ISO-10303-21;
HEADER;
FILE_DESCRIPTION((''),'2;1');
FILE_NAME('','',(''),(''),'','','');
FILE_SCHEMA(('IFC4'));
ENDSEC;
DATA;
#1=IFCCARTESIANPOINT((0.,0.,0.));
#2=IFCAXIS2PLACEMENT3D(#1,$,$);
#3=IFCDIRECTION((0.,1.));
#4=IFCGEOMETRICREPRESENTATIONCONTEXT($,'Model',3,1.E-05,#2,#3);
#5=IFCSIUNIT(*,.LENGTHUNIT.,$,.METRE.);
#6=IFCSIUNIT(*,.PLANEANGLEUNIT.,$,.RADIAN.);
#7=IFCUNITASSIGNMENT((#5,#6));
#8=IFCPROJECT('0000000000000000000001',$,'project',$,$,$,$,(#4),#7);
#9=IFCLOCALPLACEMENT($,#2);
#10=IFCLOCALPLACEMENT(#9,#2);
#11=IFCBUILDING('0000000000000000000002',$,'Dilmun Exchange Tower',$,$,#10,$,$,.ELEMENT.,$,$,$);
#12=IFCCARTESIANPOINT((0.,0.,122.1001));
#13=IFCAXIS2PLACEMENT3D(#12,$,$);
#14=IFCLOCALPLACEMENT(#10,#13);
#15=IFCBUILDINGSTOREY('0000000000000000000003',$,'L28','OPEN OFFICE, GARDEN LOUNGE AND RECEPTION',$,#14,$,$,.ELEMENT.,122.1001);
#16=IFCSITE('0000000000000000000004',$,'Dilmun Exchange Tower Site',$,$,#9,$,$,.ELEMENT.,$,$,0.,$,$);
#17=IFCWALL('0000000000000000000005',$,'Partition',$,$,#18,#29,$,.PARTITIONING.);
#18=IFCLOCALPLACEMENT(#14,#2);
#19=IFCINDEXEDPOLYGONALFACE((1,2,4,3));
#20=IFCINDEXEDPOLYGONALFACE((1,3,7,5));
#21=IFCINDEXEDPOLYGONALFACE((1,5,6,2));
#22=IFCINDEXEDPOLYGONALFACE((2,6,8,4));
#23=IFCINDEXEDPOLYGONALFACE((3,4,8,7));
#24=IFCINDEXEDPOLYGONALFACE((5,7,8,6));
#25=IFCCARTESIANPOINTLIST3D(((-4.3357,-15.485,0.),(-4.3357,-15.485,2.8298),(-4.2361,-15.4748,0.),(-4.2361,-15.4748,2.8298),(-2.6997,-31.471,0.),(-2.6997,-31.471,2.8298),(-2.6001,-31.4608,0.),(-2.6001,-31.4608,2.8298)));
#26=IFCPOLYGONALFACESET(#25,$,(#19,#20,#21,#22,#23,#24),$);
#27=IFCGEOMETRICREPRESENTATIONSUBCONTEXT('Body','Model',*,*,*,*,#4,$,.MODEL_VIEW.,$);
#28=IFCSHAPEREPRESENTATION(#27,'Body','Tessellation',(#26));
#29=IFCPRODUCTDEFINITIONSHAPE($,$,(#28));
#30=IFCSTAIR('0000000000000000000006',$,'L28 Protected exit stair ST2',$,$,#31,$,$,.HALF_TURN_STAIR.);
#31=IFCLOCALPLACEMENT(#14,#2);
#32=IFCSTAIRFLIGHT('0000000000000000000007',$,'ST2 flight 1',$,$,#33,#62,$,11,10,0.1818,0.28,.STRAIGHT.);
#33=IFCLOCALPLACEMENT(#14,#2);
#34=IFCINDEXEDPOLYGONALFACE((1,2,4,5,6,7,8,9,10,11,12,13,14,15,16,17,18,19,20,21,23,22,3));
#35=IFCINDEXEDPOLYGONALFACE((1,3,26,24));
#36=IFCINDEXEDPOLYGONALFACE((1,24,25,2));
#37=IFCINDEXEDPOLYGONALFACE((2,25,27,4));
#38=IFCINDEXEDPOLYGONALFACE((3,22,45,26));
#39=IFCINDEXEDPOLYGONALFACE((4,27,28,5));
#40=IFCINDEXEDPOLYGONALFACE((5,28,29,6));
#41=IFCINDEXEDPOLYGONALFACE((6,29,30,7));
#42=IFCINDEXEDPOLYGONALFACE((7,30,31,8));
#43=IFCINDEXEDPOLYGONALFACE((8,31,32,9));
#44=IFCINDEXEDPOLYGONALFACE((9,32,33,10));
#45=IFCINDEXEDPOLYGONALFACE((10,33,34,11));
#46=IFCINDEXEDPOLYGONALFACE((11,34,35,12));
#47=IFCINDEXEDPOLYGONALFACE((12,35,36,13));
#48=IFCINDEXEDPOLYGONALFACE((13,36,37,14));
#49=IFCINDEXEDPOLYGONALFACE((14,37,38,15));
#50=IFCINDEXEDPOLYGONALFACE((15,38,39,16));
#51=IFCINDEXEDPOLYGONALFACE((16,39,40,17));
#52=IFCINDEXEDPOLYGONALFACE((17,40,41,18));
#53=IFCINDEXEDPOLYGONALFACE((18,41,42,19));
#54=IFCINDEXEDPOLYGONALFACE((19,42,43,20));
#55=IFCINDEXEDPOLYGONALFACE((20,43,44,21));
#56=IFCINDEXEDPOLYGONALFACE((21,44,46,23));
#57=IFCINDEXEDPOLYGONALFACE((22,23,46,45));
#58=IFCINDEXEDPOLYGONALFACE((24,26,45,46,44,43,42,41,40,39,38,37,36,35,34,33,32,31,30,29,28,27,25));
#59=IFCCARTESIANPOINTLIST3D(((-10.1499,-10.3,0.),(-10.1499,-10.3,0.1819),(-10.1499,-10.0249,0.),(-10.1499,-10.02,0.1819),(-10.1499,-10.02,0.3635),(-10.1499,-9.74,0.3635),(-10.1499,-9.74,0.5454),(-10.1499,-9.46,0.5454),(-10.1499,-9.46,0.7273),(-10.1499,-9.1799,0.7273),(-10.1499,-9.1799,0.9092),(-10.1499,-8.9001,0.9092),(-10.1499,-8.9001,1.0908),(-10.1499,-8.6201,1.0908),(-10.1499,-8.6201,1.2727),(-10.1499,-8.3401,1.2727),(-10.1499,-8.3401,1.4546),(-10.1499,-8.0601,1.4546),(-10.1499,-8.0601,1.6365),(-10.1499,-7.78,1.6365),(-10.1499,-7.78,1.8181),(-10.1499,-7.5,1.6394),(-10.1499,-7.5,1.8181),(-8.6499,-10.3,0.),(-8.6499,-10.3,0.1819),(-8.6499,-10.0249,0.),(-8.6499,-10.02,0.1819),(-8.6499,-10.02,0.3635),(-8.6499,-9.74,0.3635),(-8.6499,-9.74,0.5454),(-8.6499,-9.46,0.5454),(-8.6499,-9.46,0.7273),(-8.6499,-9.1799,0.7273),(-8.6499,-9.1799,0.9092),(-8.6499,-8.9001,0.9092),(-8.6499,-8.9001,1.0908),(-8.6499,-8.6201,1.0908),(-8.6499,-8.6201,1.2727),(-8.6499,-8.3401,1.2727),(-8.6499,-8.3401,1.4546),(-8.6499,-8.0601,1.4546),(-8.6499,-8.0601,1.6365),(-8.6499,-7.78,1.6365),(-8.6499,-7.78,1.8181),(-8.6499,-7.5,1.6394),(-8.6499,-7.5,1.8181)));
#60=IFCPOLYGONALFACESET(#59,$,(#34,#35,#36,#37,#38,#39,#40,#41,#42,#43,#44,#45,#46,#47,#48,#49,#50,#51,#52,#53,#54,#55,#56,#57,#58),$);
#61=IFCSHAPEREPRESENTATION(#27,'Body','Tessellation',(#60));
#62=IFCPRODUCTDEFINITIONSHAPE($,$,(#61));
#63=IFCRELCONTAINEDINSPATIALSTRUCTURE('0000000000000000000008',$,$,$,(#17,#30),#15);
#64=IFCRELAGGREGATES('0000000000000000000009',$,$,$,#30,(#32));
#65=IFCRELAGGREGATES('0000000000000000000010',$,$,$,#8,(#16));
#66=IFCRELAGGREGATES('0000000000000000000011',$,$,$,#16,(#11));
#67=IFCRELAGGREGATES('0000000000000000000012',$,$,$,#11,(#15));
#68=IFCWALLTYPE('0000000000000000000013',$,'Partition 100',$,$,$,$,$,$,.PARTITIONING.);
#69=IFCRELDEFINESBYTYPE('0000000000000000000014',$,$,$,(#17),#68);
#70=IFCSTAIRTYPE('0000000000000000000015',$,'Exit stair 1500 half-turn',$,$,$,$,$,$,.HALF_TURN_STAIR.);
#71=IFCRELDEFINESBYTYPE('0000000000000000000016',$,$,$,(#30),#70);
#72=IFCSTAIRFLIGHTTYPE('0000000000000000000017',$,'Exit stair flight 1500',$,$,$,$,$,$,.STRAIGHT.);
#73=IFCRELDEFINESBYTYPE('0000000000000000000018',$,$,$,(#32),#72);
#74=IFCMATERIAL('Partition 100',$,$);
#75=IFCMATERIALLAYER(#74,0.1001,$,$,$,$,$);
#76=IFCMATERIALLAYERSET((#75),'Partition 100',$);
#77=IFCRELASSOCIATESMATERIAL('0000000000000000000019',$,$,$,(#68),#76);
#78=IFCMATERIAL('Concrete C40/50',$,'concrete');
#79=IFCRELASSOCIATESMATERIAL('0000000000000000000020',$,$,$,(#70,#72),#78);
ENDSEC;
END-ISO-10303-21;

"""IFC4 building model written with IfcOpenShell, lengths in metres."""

from ifc_helpers import new_model, si_unit, direction, frame, frame_2d, origin, place, context, subcontext, project, spatial, polyline, rectangle, outline, extrude, material, layer, layer_set, type_object, element, aggregate, save


model = new_model("IFC4")

# Units and contexts
model_context = context("Model", 3, precision=1e-05, world=origin(), true_north=direction((0.0, 1.0)))
body_context = subcontext(model_context, "Body", "Model", "MODEL_VIEW")
ifc_project = project(units=[si_unit("LENGTHUNIT", "METRE"), si_unit("PLANEANGLEUNIT", "RADIAN")], contexts=[model_context])

# Site, building, storey
site_placement = place(None, origin())
site = spatial("IfcSite", under=ifc_project, at=site_placement, Name="Dilmun Exchange Tower Site", CompositionType="ELEMENT", RefElevation=0.0)
building_placement = place(site_placement, origin())
building = spatial("IfcBuilding", under=site, at=building_placement, Name="Dilmun Exchange Tower", CompositionType="ELEMENT")
storey_placement = place(building_placement, frame((0.0, 0.0, 122.1001)))
storey = spatial("IfcBuildingStorey", under=building, at=storey_placement, Name="L28", Description="OPEN OFFICE, GARDEN LOUNGE AND RECEPTION", CompositionType="ELEMENT", Elevation=122.1001)

# Shared definitions
ifc_material_1 = material(Name="Concrete C40/50", Category="concrete")

# Wall
ifc_material_2 = material(Name="Partition 100")
ifc_layer_1 = layer(ifc_material_2, 0.1001)
ifc_layer_set_1 = layer_set([ifc_layer_1], Name="Partition 100")
wall_type_1 = type_object("IfcWallType", Name="Partition 100", PredefinedType="PARTITIONING", material=ifc_layer_set_1)
wall_1_placement = place(storey_placement, frame((-4.2859, -15.48, 0.0), z_axis=(0.0, 0.0, 1.0), x_axis=(0.101806, -0.994804, 0.0)))
element("IfcWall", 1, at=wall_1_placement, inside=storey, type_object=wall_type_1, Name="Partition", PredefinedType="PARTITIONING", context=body_context, shape_type="SweptSolid", body=[
    extrude(rectangle(XDim=16.0696, YDim=0.1001, at=frame_2d((8.0347, 0.0))), origin(), (0.0, 0.0, 1.0), 2.8298),
])

# Stair, stair flight
stair_type = type_object("IfcStairType", Name="Exit stair 1500 half-turn", PredefinedType="HALF_TURN_STAIR", material=ifc_material_1)
stair_placement = place(storey_placement, origin())
stair = element("IfcStair", 2, at=stair_placement, inside=storey, type_object=stair_type, Name="L28 Protected exit stair ST2", PredefinedType="HALF_TURN_STAIR")
stair_flight_type = type_object("IfcStairFlightType", Name="Exit stair flight 1500", PredefinedType="STRAIGHT", material=ifc_material_1)
stair_flight_placement = place(storey_placement, frame((-9.3999, -10.3, 0.0), z_axis=(0.0, 0.0, 1.0), x_axis=(0.0, 1.0, 0.0)))
stair_flight = element("IfcStairFlight", 3, at=stair_flight_placement, type_object=stair_flight_type, Name="ST2 flight 1", NumberOfRisers=11, NumberOfTreads=10, PredefinedType="STRAIGHT", RiserHeight=0.1818, TreadLength=0.28, context=body_context, shape_type="SweptSolid", body=[
    extrude(outline(polyline([(0.0, 0.0), (0.0, 0.1819), (0.28, 0.1819), (0.28, 0.3635), (0.5601, 0.3635), (0.5601, 0.5454), (0.8401, 0.5454), (0.8401, 0.7273), (1.1201, 0.7273), (1.1201, 0.9092), (1.3999, 0.9092), (1.3999, 1.0908), (1.6799, 1.0908), (1.6799, 1.2727), (1.96, 1.2727), (1.96, 1.4546), (2.24, 1.4546), (2.24, 1.6365), (2.52, 1.6365), (2.52, 1.8181), (2.8, 1.8181), (2.8, 2.0), (2.8, 1.6394), (0.2751, 0.0), (0.0, 0.0)])), frame((0.0, 0.75, 0.0), z_axis=(0.0, -1.0, 0.0), x_axis=(1.0, 0.0, 0.0)), (0.0, 0.0, 1.0), 1.5),
])
aggregate(stair, [stair_flight])

save(model, "model.ifc")
